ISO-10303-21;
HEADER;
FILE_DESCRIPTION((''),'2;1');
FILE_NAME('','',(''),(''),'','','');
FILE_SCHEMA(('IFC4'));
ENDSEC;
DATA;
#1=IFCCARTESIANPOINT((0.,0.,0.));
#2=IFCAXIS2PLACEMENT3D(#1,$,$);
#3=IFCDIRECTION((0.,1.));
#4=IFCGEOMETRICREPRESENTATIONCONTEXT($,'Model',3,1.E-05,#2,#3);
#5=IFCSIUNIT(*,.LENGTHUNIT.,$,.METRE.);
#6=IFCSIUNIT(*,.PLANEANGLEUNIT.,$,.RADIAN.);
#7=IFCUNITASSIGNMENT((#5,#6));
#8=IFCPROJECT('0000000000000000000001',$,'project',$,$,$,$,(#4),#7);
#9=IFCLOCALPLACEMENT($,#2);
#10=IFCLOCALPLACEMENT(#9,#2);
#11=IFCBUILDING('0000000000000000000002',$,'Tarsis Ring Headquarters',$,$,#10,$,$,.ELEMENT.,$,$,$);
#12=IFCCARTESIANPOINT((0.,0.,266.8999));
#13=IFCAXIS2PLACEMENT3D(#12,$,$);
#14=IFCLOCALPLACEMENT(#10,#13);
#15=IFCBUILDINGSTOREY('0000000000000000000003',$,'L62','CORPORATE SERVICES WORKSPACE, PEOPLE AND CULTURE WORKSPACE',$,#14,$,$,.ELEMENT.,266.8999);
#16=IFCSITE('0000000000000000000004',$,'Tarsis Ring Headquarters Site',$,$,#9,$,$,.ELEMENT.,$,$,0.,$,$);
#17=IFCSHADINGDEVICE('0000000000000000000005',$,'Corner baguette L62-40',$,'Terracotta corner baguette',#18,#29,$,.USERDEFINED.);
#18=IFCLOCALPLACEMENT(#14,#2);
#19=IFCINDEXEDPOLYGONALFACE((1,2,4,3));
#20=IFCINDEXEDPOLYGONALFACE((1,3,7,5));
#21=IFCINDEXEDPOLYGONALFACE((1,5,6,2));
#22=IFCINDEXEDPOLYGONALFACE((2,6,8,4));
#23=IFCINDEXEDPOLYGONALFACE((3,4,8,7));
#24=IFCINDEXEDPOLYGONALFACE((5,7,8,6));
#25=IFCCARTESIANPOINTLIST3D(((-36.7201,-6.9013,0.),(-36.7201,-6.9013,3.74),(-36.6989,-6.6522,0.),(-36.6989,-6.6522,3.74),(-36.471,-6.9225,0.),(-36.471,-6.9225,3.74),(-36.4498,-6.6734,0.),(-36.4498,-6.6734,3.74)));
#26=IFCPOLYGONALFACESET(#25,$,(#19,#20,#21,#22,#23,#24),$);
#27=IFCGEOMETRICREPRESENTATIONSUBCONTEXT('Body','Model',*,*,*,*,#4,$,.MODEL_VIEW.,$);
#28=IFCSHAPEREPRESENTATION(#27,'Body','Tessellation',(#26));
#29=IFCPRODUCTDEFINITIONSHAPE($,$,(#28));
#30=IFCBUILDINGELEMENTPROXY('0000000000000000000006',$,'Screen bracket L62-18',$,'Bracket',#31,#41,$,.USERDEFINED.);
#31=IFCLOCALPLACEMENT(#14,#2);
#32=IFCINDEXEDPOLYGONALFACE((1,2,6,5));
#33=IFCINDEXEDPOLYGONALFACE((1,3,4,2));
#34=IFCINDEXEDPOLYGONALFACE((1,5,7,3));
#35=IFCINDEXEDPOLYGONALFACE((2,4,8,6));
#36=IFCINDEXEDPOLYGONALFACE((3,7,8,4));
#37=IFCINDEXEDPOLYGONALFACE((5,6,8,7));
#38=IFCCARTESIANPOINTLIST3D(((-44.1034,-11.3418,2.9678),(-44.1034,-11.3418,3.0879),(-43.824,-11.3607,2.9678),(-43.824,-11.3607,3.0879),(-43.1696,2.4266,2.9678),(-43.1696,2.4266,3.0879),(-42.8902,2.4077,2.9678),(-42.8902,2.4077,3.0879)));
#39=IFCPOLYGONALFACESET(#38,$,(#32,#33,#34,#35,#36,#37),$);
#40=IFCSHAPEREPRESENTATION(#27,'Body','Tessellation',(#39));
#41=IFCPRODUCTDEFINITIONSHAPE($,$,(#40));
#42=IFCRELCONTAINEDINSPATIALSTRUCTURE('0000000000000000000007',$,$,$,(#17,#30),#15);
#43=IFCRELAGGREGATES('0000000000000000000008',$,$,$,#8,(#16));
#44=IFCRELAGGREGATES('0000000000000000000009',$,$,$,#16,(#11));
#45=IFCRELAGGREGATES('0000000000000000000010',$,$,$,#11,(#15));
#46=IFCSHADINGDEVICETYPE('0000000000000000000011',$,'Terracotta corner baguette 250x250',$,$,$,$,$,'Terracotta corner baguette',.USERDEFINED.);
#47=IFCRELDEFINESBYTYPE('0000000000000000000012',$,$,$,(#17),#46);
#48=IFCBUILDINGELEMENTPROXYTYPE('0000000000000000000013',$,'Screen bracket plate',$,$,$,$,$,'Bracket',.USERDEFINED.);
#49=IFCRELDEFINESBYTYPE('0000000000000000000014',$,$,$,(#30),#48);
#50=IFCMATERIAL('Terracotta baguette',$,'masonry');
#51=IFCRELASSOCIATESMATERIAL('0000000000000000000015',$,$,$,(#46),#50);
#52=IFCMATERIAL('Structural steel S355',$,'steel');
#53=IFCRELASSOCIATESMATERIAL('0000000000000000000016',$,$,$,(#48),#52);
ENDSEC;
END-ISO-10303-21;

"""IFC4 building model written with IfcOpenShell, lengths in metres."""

from ifc_helpers import new_model, si_unit, direction, frame, origin, origin_2d, place, context, subcontext, project, spatial, rectangle, extrude, material, type_object, element, save


model = new_model("IFC4")

# Units and contexts
model_context = context("Model", 3, precision=1e-05, world=origin(), true_north=direction((0.0, 1.0)))
body_context = subcontext(model_context, "Body", "Model", "MODEL_VIEW")
ifc_project = project(units=[si_unit("LENGTHUNIT", "METRE"), si_unit("PLANEANGLEUNIT", "RADIAN")], contexts=[model_context])

# Site, building, storey
site_placement = place(None, origin())
site = spatial("IfcSite", under=ifc_project, at=site_placement, Name="Tarsis Ring Headquarters Site", CompositionType="ELEMENT", RefElevation=0.0)
building_placement = place(site_placement, origin())
building = spatial("IfcBuilding", under=site, at=building_placement, Name="Tarsis Ring Headquarters", CompositionType="ELEMENT")
storey_placement = place(building_placement, frame((0.0, 0.0, 266.8999)))
storey = spatial("IfcBuildingStorey", under=building, at=storey_placement, Name="L62", Description="CORPORATE SERVICES WORKSPACE, PEOPLE AND CULTURE WORKSPACE", CompositionType="ELEMENT", Elevation=266.8999)

# Shared definitions
ifc_material_1 = material(Name="Structural steel S355", Category="steel")

# Shading device
ifc_material_2 = material(Name="Terracotta baguette", Category="masonry")
shading_device_type_1 = type_object("IfcShadingDeviceType", Name="Terracotta corner baguette 250x250", ElementType="Terracotta corner baguette", PredefinedType="USERDEFINED", material=ifc_material_2)
for number, where, z_axis, x_axis, name in (
    (1, (-36.585, -6.7874, 0.0), (0.0, 0.0, 1.0), (0.996375, -0.085069, 0.0), "Corner baguette L62-40"),
):
    element("IfcShadingDevice", number, at=place(storey_placement, frame(where, z_axis=z_axis, x_axis=x_axis)), inside=storey, type_object=shading_device_type_1, Name=name, ObjectType="Terracotta corner baguette", PredefinedType="USERDEFINED", context=body_context, shape_type="SweptSolid", body=[
        extrude(rectangle(XDim=0.25, YDim=0.25, at=origin_2d()), origin(), (0.0, 0.0, 1.0), 3.74),
    ])

# Building element proxy
building_element_proxy_type = type_object("IfcBuildingElementProxyType", Name="Screen bracket plate", ElementType="Bracket", PredefinedType="USERDEFINED", material=ifc_material_1)
proxy_placement = place(storey_placement, frame((-43.4968, -4.467, 2.9678), z_axis=(0.0, 0.0, 1.0), x_axis=(-0.067667, -0.997708, 0.0)))
element("IfcBuildingElementProxy", 2, at=proxy_placement, inside=storey, type_object=building_element_proxy_type, Name="Screen bracket L62-18", ObjectType="Bracket", PredefinedType="USERDEFINED", context=body_context, shape_type="SweptSolid", body=[
    extrude(rectangle(XDim=13.8, YDim=0.28, at=origin_2d()), origin(), (0.0, 0.0, 1.0), 0.1201),
])

save(model, "model.ifc")
